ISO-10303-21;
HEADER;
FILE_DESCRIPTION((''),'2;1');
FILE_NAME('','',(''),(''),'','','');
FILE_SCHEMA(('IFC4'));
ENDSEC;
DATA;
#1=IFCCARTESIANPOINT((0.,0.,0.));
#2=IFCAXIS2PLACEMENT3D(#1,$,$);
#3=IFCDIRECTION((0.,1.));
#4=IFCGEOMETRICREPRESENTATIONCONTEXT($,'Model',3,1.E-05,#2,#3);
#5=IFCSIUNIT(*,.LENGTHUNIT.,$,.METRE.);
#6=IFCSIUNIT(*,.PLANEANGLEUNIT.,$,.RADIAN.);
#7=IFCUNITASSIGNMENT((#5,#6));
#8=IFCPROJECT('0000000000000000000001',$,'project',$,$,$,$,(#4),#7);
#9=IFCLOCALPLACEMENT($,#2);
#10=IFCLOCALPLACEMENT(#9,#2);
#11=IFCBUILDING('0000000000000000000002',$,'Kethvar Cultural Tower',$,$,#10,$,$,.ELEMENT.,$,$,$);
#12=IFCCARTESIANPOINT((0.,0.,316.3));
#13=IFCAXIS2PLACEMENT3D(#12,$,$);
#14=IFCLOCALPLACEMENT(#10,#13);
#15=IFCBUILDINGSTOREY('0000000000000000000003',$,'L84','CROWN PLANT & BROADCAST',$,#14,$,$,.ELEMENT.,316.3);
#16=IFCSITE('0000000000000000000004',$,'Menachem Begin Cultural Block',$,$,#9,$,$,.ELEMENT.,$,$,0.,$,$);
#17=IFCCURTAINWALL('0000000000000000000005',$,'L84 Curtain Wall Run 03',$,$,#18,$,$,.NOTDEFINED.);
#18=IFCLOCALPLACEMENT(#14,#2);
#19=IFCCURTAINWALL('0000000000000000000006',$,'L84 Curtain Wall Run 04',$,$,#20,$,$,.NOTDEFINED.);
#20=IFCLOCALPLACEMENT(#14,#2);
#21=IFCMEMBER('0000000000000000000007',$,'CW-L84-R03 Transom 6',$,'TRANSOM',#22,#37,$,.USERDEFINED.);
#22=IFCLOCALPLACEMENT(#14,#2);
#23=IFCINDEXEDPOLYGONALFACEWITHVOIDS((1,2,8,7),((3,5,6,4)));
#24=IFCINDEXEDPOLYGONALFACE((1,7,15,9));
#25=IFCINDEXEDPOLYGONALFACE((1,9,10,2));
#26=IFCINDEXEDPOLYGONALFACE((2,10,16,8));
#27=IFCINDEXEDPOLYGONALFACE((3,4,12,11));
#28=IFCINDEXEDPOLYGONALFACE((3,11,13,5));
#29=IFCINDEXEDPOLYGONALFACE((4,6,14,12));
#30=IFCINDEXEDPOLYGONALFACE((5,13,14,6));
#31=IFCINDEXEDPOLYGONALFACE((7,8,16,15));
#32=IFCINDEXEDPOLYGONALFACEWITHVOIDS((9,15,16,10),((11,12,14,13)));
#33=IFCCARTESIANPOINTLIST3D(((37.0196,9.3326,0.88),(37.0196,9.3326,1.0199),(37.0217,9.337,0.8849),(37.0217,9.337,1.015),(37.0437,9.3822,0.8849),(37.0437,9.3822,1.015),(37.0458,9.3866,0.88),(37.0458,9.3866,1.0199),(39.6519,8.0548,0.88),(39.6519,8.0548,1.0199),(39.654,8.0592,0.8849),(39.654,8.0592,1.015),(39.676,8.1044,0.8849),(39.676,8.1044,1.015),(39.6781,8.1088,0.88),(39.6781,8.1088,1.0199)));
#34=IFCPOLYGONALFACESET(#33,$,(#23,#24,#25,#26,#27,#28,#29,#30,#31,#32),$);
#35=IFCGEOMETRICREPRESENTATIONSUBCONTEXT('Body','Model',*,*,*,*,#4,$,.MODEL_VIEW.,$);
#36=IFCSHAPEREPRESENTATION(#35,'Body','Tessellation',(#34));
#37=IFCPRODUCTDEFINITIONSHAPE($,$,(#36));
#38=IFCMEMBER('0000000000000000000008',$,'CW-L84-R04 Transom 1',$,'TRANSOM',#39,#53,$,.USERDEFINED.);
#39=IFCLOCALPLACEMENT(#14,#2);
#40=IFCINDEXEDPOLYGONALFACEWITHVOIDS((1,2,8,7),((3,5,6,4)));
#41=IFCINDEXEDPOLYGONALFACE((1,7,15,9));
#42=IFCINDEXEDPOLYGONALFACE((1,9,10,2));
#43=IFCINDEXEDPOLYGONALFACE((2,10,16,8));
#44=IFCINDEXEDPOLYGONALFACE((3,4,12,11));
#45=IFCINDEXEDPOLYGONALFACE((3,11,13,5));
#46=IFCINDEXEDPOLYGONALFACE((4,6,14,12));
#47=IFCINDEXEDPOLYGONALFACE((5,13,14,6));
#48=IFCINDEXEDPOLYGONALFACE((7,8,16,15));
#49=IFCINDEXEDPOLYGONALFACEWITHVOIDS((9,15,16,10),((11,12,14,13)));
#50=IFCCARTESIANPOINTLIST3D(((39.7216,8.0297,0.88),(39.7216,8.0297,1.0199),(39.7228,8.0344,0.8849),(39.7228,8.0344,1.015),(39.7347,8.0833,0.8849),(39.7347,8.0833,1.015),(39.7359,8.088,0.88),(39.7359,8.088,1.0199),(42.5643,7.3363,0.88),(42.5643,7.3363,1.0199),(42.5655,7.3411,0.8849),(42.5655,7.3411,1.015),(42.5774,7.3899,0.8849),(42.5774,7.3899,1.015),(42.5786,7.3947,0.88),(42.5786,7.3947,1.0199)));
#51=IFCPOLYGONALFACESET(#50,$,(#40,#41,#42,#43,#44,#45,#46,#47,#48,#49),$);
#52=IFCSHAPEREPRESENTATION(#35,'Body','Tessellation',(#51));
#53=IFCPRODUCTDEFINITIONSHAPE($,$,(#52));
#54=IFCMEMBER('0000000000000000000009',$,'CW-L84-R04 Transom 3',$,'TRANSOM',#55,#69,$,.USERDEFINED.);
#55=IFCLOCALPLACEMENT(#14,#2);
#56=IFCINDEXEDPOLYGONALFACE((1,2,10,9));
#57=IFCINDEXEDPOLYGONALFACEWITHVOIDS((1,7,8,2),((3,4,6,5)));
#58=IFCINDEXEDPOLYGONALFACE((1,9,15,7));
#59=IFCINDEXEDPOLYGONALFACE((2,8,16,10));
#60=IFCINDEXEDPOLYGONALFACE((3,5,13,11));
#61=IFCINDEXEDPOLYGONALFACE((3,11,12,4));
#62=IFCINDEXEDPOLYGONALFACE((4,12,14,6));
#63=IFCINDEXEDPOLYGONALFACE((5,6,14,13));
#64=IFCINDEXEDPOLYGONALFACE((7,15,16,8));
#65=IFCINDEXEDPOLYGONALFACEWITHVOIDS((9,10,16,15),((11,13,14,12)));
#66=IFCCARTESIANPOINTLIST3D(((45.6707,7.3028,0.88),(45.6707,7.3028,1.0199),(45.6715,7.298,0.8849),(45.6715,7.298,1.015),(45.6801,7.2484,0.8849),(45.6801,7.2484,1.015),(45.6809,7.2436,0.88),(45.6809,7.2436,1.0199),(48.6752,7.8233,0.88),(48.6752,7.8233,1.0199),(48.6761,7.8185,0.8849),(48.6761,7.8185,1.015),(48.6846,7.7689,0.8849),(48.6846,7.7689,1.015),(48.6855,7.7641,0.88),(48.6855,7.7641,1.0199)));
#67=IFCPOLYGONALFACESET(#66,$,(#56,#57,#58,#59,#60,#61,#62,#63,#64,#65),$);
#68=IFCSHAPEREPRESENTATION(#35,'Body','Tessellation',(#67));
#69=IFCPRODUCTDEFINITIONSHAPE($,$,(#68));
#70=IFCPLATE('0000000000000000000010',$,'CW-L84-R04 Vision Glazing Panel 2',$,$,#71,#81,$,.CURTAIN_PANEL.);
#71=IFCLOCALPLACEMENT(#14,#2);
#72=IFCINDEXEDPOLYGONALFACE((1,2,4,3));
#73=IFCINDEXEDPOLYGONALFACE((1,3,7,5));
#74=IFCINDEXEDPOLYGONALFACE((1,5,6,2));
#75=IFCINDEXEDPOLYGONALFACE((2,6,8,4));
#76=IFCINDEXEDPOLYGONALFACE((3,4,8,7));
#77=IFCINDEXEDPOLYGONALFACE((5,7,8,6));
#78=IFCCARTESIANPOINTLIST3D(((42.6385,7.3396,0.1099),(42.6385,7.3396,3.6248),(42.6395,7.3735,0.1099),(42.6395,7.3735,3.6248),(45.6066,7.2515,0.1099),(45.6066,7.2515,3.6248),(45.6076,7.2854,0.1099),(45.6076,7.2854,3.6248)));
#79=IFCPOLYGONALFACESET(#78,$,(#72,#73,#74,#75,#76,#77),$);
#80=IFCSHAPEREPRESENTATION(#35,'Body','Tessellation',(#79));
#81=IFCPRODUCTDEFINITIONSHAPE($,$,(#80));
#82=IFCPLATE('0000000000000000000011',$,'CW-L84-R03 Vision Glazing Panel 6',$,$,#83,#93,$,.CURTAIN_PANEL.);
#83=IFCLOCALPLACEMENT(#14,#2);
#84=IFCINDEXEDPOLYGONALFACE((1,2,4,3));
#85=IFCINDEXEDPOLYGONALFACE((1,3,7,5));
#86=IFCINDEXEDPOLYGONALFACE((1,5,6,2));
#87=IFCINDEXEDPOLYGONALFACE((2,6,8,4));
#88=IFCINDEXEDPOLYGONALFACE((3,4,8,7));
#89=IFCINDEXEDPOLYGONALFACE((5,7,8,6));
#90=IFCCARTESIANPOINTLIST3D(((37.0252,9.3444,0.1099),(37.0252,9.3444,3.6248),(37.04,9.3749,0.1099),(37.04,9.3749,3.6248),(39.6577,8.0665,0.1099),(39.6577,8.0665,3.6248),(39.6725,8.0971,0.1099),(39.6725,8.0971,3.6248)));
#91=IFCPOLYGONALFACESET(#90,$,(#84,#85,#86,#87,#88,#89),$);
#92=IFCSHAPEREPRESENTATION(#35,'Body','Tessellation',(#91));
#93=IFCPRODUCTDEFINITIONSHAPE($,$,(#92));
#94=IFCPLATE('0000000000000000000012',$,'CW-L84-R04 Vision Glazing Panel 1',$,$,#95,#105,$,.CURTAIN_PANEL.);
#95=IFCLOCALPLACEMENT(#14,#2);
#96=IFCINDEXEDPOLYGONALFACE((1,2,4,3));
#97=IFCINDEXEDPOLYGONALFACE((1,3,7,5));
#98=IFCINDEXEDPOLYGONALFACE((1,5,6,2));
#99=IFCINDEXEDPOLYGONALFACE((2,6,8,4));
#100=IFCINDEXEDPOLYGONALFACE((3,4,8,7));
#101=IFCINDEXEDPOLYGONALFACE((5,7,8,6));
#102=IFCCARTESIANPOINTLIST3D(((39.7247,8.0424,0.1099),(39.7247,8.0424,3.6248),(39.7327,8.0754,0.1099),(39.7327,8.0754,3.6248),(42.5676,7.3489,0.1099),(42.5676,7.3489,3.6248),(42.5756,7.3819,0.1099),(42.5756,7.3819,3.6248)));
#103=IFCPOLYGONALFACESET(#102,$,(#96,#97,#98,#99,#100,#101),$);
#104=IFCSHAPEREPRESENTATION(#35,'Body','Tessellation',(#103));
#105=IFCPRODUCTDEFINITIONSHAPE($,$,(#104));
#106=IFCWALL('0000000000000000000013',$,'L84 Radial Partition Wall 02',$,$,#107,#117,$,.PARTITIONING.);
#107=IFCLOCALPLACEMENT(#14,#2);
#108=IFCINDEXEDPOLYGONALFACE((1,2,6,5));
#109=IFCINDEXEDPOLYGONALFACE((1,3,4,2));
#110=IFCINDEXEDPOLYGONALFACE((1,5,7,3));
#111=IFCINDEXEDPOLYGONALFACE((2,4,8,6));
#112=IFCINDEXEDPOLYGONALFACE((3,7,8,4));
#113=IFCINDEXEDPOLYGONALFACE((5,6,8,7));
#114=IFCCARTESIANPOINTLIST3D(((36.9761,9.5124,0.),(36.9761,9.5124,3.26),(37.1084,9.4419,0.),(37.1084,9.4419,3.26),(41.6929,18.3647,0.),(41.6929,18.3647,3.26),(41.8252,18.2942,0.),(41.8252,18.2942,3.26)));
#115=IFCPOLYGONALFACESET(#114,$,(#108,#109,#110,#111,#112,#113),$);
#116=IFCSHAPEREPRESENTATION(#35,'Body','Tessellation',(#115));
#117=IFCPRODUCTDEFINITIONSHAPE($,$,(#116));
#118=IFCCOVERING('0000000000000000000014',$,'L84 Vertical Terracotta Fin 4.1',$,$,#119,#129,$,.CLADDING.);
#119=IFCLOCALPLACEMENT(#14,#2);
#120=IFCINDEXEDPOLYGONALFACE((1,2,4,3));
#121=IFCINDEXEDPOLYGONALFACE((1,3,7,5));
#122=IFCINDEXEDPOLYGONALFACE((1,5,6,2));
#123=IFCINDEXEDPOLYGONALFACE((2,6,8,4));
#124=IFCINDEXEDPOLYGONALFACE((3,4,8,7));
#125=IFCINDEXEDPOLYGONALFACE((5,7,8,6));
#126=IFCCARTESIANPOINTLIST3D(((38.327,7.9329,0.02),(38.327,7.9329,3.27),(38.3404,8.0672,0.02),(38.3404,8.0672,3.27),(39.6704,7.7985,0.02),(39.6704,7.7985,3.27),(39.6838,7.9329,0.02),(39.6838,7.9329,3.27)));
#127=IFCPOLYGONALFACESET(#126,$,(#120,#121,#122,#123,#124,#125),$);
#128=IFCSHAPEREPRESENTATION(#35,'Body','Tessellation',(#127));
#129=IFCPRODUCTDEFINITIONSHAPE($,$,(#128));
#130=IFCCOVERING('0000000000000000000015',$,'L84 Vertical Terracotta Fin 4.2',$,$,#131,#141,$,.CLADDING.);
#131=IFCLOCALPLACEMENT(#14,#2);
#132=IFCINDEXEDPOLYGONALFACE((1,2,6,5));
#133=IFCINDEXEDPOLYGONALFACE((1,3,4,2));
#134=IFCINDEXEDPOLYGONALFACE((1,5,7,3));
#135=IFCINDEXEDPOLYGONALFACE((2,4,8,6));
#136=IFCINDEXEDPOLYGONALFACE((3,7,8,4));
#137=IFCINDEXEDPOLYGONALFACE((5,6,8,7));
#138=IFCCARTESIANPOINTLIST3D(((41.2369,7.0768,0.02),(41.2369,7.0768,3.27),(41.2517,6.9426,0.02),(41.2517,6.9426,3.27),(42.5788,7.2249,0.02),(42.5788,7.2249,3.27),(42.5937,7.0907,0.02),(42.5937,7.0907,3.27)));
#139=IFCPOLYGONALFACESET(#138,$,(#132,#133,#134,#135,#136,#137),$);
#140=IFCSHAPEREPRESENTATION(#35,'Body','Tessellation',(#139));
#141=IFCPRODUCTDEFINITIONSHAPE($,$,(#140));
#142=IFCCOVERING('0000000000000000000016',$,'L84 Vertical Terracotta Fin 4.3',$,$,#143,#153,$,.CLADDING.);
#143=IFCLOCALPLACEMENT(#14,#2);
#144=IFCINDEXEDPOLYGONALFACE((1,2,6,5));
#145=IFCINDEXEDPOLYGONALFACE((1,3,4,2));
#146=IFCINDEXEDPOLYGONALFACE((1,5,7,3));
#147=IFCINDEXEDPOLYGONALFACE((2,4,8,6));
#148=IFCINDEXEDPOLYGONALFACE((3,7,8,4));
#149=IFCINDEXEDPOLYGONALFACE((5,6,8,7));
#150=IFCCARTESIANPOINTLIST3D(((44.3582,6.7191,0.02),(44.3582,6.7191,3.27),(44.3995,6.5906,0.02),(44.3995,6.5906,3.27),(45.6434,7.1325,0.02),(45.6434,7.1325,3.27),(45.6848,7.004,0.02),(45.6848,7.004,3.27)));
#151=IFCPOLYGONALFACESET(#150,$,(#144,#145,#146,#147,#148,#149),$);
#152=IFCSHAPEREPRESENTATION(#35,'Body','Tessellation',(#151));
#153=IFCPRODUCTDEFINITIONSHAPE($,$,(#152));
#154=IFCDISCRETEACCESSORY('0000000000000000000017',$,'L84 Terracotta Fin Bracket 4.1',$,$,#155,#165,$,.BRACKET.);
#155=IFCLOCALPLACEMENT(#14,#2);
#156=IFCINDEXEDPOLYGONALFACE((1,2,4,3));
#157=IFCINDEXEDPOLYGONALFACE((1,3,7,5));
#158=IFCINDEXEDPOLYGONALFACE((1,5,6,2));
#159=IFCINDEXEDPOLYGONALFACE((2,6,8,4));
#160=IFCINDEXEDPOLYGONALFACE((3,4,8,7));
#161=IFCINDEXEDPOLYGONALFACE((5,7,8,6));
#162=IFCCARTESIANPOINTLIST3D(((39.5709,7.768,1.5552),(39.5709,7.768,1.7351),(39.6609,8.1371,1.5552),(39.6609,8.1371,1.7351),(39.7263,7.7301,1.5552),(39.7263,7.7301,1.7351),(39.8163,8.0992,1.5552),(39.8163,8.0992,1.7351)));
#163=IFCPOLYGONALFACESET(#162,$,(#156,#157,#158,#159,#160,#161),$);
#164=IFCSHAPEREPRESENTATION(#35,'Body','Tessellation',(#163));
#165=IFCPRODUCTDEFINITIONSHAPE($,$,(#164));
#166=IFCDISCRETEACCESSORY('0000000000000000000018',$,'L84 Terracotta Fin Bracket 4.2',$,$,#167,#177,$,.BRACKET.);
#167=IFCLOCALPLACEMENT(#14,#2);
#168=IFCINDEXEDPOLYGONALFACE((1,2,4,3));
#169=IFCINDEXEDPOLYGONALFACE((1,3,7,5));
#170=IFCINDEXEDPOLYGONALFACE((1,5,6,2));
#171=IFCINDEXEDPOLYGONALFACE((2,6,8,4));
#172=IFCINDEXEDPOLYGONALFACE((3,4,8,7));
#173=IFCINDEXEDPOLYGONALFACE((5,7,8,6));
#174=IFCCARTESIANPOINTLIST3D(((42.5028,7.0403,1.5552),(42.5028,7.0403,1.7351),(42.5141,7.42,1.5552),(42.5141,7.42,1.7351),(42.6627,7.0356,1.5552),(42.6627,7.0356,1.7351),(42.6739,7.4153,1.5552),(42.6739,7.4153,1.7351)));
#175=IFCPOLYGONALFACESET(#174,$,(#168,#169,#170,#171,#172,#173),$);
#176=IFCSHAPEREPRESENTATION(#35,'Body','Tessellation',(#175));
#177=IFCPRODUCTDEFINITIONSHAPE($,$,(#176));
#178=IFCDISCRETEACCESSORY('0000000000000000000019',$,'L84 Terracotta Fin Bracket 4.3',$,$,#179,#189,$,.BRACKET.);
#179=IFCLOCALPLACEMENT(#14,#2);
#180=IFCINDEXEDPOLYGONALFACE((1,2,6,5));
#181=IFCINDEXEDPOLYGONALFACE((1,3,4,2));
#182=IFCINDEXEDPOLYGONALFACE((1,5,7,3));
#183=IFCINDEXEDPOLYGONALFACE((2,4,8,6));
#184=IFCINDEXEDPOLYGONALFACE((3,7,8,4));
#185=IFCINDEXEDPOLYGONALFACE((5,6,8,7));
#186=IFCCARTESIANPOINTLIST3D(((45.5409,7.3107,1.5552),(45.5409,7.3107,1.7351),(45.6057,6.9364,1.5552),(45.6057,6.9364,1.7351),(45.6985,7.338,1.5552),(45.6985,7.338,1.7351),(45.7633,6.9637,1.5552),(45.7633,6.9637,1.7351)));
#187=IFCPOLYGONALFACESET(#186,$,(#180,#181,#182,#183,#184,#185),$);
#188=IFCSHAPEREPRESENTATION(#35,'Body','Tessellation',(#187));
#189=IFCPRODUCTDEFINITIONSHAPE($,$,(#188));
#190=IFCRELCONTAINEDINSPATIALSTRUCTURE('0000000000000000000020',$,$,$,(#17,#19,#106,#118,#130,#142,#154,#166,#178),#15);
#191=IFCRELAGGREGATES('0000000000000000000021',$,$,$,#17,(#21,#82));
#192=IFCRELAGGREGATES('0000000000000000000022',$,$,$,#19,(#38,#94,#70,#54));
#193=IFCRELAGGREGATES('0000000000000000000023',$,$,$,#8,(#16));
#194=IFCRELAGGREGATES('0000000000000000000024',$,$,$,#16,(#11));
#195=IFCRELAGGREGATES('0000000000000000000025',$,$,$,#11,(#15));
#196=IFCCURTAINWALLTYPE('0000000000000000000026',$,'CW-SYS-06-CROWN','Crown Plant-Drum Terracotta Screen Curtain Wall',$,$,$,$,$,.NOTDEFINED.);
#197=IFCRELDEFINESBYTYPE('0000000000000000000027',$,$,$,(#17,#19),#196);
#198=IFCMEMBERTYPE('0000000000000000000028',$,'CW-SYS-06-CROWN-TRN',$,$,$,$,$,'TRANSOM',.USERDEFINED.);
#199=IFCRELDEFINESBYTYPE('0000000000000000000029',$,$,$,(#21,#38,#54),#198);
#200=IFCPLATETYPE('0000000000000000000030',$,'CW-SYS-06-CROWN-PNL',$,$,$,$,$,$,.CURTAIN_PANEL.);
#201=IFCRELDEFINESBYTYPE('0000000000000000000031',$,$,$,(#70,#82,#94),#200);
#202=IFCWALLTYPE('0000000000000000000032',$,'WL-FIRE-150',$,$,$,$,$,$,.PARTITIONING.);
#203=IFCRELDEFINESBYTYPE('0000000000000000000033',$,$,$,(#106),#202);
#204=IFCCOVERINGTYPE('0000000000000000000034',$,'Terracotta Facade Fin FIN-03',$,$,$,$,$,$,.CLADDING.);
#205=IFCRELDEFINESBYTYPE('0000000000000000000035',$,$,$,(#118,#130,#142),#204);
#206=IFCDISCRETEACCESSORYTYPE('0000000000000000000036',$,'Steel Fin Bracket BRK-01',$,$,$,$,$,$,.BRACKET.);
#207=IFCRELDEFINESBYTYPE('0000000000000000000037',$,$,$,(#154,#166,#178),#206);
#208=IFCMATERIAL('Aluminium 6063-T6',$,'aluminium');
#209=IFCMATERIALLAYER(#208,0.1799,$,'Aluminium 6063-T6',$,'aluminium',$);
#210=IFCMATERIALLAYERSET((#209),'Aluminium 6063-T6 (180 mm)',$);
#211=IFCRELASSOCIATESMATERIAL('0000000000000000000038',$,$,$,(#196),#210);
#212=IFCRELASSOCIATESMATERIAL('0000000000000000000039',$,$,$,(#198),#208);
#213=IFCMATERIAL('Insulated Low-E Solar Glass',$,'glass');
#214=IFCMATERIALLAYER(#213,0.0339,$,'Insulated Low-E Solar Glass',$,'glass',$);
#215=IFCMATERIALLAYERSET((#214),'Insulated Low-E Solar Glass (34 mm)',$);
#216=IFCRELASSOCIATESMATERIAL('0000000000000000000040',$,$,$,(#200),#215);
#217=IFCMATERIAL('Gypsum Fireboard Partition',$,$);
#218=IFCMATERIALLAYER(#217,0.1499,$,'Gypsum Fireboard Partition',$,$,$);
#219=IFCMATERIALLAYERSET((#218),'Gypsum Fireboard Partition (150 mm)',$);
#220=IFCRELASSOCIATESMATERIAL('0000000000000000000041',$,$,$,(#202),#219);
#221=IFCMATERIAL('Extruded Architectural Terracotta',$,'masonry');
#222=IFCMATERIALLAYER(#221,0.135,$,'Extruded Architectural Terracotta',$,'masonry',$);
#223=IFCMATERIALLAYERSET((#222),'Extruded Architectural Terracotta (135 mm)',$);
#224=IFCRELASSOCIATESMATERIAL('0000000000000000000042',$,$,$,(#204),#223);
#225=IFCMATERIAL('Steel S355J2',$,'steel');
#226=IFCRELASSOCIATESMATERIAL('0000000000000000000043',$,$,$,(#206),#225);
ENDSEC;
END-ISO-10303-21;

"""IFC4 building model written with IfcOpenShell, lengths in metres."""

from ifc_helpers import new_model, si_unit, direction, frame, frame_2d, origin, origin_2d, place, context, subcontext, project, spatial, rectangle, hollow_rectangle, extrude, source, transform, mapped, material, layer, layer_set, material_profile, profile_set, type_object, element, aggregate, save


model = new_model("IFC4")

# Units and contexts
model_context = context("Model", 3, precision=1e-05, world=origin(), true_north=direction((0.0, 1.0)))
body_context = subcontext(model_context, "Body", "Model", "MODEL_VIEW")
ifc_project = project(units=[si_unit("LENGTHUNIT", "METRE"), si_unit("PLANEANGLEUNIT", "RADIAN")], contexts=[model_context])

# Site, building, storey
site_placement = place(None, origin())
site = spatial("IfcSite", under=ifc_project, at=site_placement, Name="Menachem Begin Cultural Block", CompositionType="ELEMENT", RefElevation=0.0)
building_placement = place(site_placement, origin())
building = spatial("IfcBuilding", under=site, at=building_placement, Name="Kethvar Cultural Tower", CompositionType="ELEMENT")
storey_placement = place(building_placement, frame((0.0, 0.0, 316.3)))
storey = spatial("IfcBuildingStorey", under=building, at=storey_placement, Name="L84", Description="CROWN PLANT & BROADCAST", CompositionType="ELEMENT", Elevation=316.3)

# Shared definitions
ifc_material_1 = material(Name="Steel S355J2", Category="steel")

# Curtain wall
ifc_material_2 = material(Name="Aluminium 6063-T6", Category="aluminium")
ifc_layer_1 = layer(ifc_material_2, 0.1799, Name="Aluminium 6063-T6", Category="aluminium")
ifc_layer_set_1 = layer_set([ifc_layer_1], Name="Aluminium 6063-T6 (180 mm)")
curtain_wall_type = type_object("IfcCurtainWallType", Name="CW-SYS-06-CROWN", Description="Crown Plant-Drum Terracotta Screen Curtain Wall", PredefinedType="NOTDEFINED", material=ifc_layer_set_1)
curtain_wall_1_placement = place(storey_placement, origin())
curtain_wall_1 = element("IfcCurtainWall", 1, at=curtain_wall_1_placement, inside=storey, type_object=curtain_wall_type, Name="L84 Curtain Wall Run 03", PredefinedType="NOTDEFINED")

# Curtain wall
curtain_wall_2_placement = place(storey_placement, origin())
curtain_wall_2 = element("IfcCurtainWall", 2, at=curtain_wall_2_placement, inside=storey, type_object=curtain_wall_type, Name="L84 Curtain Wall Run 04", PredefinedType="NOTDEFINED")
ifc_material_profile_1 = material_profile(ifc_material_2, hollow_rectangle(XDim=0.0601, YDim=0.1399, WallThickness=0.0049, at=origin_2d()), Name="Aluminium 6063-T6 — RHS140x60x5")
ifc_profile_set_1 = profile_set([ifc_material_profile_1], Name="Aluminium 6063-T6 — RHS140x60x5")
member_type_1 = type_object("IfcMemberType", Name="CW-SYS-06-CROWN-TRN", ElementType="TRANSOM", PredefinedType="USERDEFINED", material=ifc_profile_set_1)

# Members
shared_shape_1 = source(origin(), body_context, "Body", "SweptSolid", [
    extrude(hollow_rectangle(XDim=0.0601, YDim=0.1399, WallThickness=0.0049, at=origin_2d()), origin(), (0.0, 0.0, 1.0), 2.926),
])
member_1_placement = place(storey_placement, frame((37.0327, 9.3596, 0.95), z_axis=(0.899606, -0.436703, 0.0), x_axis=(0.436703, 0.899606, 0.0)))
member_1 = element("IfcMember", 3, at=member_1_placement, type_object=member_type_1, Name="CW-L84-R03 Transom 6", ObjectType="TRANSOM", PredefinedType="USERDEFINED", context=body_context, shape_type="MappedRepresentation", body=[
    mapped(shared_shape_1, transform((0.0, 0.0, 0.0), scale=1.0)),
])
member_2_placement = place(storey_placement, frame((39.7288, 8.0588, 0.95), z_axis=(0.97152, -0.236956, 0.0), x_axis=(0.236956, 0.97152, 0.0)))
member_2 = element("IfcMember", 4, at=member_2_placement, type_object=member_type_1, Name="CW-L84-R04 Transom 1", ObjectType="TRANSOM", PredefinedType="USERDEFINED", context=body_context, shape_type="MappedRepresentation", body=[
    mapped(shared_shape_1, transform((0.0, 0.0, 0.0), scale=1.0)),
])
shared_shape_2 = source(origin(), body_context, "Body", "SweptSolid", [
    extrude(hollow_rectangle(XDim=0.0601, YDim=0.1399, WallThickness=0.0049, at=origin_2d()), origin(), (0.0, 0.0, 1.0), 3.0493),
])
member_3_placement = place(storey_placement, frame((45.6758, 7.2732, 0.95), z_axis=(0.985324, 0.170692, 0.0), x_axis=(-0.170692, 0.985324, 0.0)))
member_3 = element("IfcMember", 5, at=member_3_placement, type_object=member_type_1, Name="CW-L84-R04 Transom 3", ObjectType="TRANSOM", PredefinedType="USERDEFINED", context=body_context, shape_type="MappedRepresentation", body=[
    mapped(shared_shape_2, transform((0.0, 0.0, 0.0), scale=1.0)),
])

# Plates
ifc_material_3 = material(Name="Insulated Low-E Solar Glass", Category="glass")
ifc_layer_2 = layer(ifc_material_3, 0.0339, Name="Insulated Low-E Solar Glass", Category="glass")
ifc_layer_set_2 = layer_set([ifc_layer_2], Name="Insulated Low-E Solar Glass (34 mm)")
plate_type = type_object("IfcPlateType", Name="CW-SYS-06-CROWN-PNL", PredefinedType="CURTAIN_PANEL", material=ifc_layer_set_2)
shared_shape_3 = source(origin(), body_context, "Body", "SweptSolid", [
    extrude(rectangle(XDim=2.9695, YDim=0.0339, at=origin_2d()), origin(), (0.0, 0.0, 1.0), 3.5149),
])
plate_1_placement = place(storey_placement, frame((44.123, 7.3125, 0.1099), z_axis=(0.0, 0.0, 1.0), x_axis=(0.99956, -0.029649, 0.0)))
plate_1 = element("IfcPlate", 6, at=plate_1_placement, type_object=plate_type, Name="CW-L84-R04 Vision Glazing Panel 2", PredefinedType="CURTAIN_PANEL", context=body_context, shape_type="MappedRepresentation", body=[
    mapped(shared_shape_3, transform((0.0, 0.0, 0.0), scale=1.0)),
])
shared_shape_4 = source(origin(), body_context, "Body", "SweptSolid", [
    extrude(rectangle(XDim=2.9263, YDim=0.0339, at=origin_2d()), origin(), (0.0, 0.0, 1.0), 3.5149),
])
plate_2_placement = place(storey_placement, frame((38.3489, 8.7207, 0.1099), z_axis=(0.0, 0.0, 1.0), x_axis=(0.899619, -0.436676, 0.0)))
plate_2 = element("IfcPlate", 7, at=plate_2_placement, type_object=plate_type, Name="CW-L84-R03 Vision Glazing Panel 6", PredefinedType="CURTAIN_PANEL", context=body_context, shape_type="MappedRepresentation", body=[
    mapped(shared_shape_4, transform((0.0, 0.0, 0.0), scale=1.0)),
])
aggregate(curtain_wall_1, [member_1, plate_2])
plate_3_placement = place(storey_placement, frame((41.1501, 7.7122, 0.1099), z_axis=(0.0, 0.0, 1.0), x_axis=(0.971516, -0.236974, 0.0)))
plate_3 = element("IfcPlate", 8, at=plate_3_placement, type_object=plate_type, Name="CW-L84-R04 Vision Glazing Panel 1", PredefinedType="CURTAIN_PANEL", context=body_context, shape_type="MappedRepresentation", body=[
    mapped(shared_shape_4, transform((0.0, 0.0, 0.0), scale=1.0)),
])
aggregate(curtain_wall_2, [member_2, plate_3, plate_1, member_3])

# Wall
ifc_material_4 = material(Name="Gypsum Fireboard Partition")
ifc_layer_3 = layer(ifc_material_4, 0.1499, Name="Gypsum Fireboard Partition")
ifc_layer_set_3 = layer_set([ifc_layer_3], Name="Gypsum Fireboard Partition (150 mm)")
wall_type_1 = type_object("IfcWallType", Name="WL-FIRE-150", PredefinedType="PARTITIONING", material=ifc_layer_set_3)
wall_1_placement = place(storey_placement, frame((41.759, 18.3293, 0.0), z_axis=(0.0, 0.0, 1.0), x_axis=(-0.470245, -0.882536, 0.0)))
element("IfcWall", 9, at=wall_1_placement, inside=storey, type_object=wall_type_1, Name="L84 Radial Partition Wall 02", PredefinedType="PARTITIONING", context=body_context, shape_type="SweptSolid", body=[
    extrude(rectangle(XDim=10.0305, YDim=0.1499, at=frame_2d((5.0151, 0.0))), origin(), (0.0, 0.0, 1.0), 3.26),
])

# Coverings
ifc_material_5 = material(Name="Extruded Architectural Terracotta", Category="masonry")
ifc_layer_4 = layer(ifc_material_5, 0.135, Name="Extruded Architectural Terracotta", Category="masonry")
ifc_layer_set_4 = layer_set([ifc_layer_4], Name="Extruded Architectural Terracotta (135 mm)")
covering_type = type_object("IfcCoveringType", Name="Terracotta Facade Fin FIN-03", PredefinedType="CLADDING", material=ifc_layer_set_4)
shared_shape_5 = source(origin(), body_context, "Body", "SweptSolid", [
    extrude(rectangle(XDim=1.3501, YDim=0.135, at=origin_2d()), origin(), (0.0, 0.0, 1.0), 3.25),
])
for number, where, z_axis, x_axis, name in (
    (10, (39.0054, 7.9329, 0.02), (0.0, 0.0, 1.0), (-0.995038, 0.099493, 0.0), "L84 Vertical Terracotta Fin 4.1"),
    (11, (41.9153, 7.0837, 0.02), (0.0, 0.0, 1.0), (-0.993961, -0.109734, 0.0), "L84 Vertical Terracotta Fin 4.2"),
    (12, (45.0215, 6.8616, 0.02), (0.0, 0.0, 1.0), (-0.951969, -0.306194, 0.0), "L84 Vertical Terracotta Fin 4.3"),
):
    element("IfcCovering", number, at=place(storey_placement, frame(where, z_axis=z_axis, x_axis=x_axis)), inside=storey, type_object=covering_type, Name=name, PredefinedType="CLADDING", context=body_context, shape_type="MappedRepresentation", body=[
        mapped(shared_shape_5, transform((0.0, 0.0, 0.0), scale=1.0)),
    ])

# Discrete accessories
discrete_accessory_type = type_object("IfcDiscreteAccessoryType", Name="Steel Fin Bracket BRK-01", PredefinedType="BRACKET", material=ifc_material_1)
shared_shape_6 = source(origin(), body_context, "Body", "SweptSolid", [
    extrude(rectangle(XDim=0.3799, YDim=0.1599, at=origin_2d()), origin(), (0.0, 0.0, 1.0), 0.1799),
])
for number, where, z_axis, x_axis, name in (
    (13, (39.6936, 7.9336, 1.5552), (0.0, 0.0, 1.0), (-0.237008, -0.971508, 0.0), "L84 Terracotta Fin Bracket 4.1"),
    (14, (42.5884, 7.2278, 1.5552), (0.0, 0.0, 1.0), (-0.029666, -0.99956, 0.0), "L84 Terracotta Fin Bracket 4.2"),
    (15, (45.6521, 7.1372, 1.5552), (0.0, 0.0, 1.0), (0.170725, -0.985319, 0.0), "L84 Terracotta Fin Bracket 4.3"),
):
    element("IfcDiscreteAccessory", number, at=place(storey_placement, frame(where, z_axis=z_axis, x_axis=x_axis)), inside=storey, type_object=discrete_accessory_type, Name=name, PredefinedType="BRACKET", context=body_context, shape_type="MappedRepresentation", body=[
        mapped(shared_shape_6, transform((0.0, 0.0, 0.0), scale=1.0)),
    ])

save(model, "model.ifc")
